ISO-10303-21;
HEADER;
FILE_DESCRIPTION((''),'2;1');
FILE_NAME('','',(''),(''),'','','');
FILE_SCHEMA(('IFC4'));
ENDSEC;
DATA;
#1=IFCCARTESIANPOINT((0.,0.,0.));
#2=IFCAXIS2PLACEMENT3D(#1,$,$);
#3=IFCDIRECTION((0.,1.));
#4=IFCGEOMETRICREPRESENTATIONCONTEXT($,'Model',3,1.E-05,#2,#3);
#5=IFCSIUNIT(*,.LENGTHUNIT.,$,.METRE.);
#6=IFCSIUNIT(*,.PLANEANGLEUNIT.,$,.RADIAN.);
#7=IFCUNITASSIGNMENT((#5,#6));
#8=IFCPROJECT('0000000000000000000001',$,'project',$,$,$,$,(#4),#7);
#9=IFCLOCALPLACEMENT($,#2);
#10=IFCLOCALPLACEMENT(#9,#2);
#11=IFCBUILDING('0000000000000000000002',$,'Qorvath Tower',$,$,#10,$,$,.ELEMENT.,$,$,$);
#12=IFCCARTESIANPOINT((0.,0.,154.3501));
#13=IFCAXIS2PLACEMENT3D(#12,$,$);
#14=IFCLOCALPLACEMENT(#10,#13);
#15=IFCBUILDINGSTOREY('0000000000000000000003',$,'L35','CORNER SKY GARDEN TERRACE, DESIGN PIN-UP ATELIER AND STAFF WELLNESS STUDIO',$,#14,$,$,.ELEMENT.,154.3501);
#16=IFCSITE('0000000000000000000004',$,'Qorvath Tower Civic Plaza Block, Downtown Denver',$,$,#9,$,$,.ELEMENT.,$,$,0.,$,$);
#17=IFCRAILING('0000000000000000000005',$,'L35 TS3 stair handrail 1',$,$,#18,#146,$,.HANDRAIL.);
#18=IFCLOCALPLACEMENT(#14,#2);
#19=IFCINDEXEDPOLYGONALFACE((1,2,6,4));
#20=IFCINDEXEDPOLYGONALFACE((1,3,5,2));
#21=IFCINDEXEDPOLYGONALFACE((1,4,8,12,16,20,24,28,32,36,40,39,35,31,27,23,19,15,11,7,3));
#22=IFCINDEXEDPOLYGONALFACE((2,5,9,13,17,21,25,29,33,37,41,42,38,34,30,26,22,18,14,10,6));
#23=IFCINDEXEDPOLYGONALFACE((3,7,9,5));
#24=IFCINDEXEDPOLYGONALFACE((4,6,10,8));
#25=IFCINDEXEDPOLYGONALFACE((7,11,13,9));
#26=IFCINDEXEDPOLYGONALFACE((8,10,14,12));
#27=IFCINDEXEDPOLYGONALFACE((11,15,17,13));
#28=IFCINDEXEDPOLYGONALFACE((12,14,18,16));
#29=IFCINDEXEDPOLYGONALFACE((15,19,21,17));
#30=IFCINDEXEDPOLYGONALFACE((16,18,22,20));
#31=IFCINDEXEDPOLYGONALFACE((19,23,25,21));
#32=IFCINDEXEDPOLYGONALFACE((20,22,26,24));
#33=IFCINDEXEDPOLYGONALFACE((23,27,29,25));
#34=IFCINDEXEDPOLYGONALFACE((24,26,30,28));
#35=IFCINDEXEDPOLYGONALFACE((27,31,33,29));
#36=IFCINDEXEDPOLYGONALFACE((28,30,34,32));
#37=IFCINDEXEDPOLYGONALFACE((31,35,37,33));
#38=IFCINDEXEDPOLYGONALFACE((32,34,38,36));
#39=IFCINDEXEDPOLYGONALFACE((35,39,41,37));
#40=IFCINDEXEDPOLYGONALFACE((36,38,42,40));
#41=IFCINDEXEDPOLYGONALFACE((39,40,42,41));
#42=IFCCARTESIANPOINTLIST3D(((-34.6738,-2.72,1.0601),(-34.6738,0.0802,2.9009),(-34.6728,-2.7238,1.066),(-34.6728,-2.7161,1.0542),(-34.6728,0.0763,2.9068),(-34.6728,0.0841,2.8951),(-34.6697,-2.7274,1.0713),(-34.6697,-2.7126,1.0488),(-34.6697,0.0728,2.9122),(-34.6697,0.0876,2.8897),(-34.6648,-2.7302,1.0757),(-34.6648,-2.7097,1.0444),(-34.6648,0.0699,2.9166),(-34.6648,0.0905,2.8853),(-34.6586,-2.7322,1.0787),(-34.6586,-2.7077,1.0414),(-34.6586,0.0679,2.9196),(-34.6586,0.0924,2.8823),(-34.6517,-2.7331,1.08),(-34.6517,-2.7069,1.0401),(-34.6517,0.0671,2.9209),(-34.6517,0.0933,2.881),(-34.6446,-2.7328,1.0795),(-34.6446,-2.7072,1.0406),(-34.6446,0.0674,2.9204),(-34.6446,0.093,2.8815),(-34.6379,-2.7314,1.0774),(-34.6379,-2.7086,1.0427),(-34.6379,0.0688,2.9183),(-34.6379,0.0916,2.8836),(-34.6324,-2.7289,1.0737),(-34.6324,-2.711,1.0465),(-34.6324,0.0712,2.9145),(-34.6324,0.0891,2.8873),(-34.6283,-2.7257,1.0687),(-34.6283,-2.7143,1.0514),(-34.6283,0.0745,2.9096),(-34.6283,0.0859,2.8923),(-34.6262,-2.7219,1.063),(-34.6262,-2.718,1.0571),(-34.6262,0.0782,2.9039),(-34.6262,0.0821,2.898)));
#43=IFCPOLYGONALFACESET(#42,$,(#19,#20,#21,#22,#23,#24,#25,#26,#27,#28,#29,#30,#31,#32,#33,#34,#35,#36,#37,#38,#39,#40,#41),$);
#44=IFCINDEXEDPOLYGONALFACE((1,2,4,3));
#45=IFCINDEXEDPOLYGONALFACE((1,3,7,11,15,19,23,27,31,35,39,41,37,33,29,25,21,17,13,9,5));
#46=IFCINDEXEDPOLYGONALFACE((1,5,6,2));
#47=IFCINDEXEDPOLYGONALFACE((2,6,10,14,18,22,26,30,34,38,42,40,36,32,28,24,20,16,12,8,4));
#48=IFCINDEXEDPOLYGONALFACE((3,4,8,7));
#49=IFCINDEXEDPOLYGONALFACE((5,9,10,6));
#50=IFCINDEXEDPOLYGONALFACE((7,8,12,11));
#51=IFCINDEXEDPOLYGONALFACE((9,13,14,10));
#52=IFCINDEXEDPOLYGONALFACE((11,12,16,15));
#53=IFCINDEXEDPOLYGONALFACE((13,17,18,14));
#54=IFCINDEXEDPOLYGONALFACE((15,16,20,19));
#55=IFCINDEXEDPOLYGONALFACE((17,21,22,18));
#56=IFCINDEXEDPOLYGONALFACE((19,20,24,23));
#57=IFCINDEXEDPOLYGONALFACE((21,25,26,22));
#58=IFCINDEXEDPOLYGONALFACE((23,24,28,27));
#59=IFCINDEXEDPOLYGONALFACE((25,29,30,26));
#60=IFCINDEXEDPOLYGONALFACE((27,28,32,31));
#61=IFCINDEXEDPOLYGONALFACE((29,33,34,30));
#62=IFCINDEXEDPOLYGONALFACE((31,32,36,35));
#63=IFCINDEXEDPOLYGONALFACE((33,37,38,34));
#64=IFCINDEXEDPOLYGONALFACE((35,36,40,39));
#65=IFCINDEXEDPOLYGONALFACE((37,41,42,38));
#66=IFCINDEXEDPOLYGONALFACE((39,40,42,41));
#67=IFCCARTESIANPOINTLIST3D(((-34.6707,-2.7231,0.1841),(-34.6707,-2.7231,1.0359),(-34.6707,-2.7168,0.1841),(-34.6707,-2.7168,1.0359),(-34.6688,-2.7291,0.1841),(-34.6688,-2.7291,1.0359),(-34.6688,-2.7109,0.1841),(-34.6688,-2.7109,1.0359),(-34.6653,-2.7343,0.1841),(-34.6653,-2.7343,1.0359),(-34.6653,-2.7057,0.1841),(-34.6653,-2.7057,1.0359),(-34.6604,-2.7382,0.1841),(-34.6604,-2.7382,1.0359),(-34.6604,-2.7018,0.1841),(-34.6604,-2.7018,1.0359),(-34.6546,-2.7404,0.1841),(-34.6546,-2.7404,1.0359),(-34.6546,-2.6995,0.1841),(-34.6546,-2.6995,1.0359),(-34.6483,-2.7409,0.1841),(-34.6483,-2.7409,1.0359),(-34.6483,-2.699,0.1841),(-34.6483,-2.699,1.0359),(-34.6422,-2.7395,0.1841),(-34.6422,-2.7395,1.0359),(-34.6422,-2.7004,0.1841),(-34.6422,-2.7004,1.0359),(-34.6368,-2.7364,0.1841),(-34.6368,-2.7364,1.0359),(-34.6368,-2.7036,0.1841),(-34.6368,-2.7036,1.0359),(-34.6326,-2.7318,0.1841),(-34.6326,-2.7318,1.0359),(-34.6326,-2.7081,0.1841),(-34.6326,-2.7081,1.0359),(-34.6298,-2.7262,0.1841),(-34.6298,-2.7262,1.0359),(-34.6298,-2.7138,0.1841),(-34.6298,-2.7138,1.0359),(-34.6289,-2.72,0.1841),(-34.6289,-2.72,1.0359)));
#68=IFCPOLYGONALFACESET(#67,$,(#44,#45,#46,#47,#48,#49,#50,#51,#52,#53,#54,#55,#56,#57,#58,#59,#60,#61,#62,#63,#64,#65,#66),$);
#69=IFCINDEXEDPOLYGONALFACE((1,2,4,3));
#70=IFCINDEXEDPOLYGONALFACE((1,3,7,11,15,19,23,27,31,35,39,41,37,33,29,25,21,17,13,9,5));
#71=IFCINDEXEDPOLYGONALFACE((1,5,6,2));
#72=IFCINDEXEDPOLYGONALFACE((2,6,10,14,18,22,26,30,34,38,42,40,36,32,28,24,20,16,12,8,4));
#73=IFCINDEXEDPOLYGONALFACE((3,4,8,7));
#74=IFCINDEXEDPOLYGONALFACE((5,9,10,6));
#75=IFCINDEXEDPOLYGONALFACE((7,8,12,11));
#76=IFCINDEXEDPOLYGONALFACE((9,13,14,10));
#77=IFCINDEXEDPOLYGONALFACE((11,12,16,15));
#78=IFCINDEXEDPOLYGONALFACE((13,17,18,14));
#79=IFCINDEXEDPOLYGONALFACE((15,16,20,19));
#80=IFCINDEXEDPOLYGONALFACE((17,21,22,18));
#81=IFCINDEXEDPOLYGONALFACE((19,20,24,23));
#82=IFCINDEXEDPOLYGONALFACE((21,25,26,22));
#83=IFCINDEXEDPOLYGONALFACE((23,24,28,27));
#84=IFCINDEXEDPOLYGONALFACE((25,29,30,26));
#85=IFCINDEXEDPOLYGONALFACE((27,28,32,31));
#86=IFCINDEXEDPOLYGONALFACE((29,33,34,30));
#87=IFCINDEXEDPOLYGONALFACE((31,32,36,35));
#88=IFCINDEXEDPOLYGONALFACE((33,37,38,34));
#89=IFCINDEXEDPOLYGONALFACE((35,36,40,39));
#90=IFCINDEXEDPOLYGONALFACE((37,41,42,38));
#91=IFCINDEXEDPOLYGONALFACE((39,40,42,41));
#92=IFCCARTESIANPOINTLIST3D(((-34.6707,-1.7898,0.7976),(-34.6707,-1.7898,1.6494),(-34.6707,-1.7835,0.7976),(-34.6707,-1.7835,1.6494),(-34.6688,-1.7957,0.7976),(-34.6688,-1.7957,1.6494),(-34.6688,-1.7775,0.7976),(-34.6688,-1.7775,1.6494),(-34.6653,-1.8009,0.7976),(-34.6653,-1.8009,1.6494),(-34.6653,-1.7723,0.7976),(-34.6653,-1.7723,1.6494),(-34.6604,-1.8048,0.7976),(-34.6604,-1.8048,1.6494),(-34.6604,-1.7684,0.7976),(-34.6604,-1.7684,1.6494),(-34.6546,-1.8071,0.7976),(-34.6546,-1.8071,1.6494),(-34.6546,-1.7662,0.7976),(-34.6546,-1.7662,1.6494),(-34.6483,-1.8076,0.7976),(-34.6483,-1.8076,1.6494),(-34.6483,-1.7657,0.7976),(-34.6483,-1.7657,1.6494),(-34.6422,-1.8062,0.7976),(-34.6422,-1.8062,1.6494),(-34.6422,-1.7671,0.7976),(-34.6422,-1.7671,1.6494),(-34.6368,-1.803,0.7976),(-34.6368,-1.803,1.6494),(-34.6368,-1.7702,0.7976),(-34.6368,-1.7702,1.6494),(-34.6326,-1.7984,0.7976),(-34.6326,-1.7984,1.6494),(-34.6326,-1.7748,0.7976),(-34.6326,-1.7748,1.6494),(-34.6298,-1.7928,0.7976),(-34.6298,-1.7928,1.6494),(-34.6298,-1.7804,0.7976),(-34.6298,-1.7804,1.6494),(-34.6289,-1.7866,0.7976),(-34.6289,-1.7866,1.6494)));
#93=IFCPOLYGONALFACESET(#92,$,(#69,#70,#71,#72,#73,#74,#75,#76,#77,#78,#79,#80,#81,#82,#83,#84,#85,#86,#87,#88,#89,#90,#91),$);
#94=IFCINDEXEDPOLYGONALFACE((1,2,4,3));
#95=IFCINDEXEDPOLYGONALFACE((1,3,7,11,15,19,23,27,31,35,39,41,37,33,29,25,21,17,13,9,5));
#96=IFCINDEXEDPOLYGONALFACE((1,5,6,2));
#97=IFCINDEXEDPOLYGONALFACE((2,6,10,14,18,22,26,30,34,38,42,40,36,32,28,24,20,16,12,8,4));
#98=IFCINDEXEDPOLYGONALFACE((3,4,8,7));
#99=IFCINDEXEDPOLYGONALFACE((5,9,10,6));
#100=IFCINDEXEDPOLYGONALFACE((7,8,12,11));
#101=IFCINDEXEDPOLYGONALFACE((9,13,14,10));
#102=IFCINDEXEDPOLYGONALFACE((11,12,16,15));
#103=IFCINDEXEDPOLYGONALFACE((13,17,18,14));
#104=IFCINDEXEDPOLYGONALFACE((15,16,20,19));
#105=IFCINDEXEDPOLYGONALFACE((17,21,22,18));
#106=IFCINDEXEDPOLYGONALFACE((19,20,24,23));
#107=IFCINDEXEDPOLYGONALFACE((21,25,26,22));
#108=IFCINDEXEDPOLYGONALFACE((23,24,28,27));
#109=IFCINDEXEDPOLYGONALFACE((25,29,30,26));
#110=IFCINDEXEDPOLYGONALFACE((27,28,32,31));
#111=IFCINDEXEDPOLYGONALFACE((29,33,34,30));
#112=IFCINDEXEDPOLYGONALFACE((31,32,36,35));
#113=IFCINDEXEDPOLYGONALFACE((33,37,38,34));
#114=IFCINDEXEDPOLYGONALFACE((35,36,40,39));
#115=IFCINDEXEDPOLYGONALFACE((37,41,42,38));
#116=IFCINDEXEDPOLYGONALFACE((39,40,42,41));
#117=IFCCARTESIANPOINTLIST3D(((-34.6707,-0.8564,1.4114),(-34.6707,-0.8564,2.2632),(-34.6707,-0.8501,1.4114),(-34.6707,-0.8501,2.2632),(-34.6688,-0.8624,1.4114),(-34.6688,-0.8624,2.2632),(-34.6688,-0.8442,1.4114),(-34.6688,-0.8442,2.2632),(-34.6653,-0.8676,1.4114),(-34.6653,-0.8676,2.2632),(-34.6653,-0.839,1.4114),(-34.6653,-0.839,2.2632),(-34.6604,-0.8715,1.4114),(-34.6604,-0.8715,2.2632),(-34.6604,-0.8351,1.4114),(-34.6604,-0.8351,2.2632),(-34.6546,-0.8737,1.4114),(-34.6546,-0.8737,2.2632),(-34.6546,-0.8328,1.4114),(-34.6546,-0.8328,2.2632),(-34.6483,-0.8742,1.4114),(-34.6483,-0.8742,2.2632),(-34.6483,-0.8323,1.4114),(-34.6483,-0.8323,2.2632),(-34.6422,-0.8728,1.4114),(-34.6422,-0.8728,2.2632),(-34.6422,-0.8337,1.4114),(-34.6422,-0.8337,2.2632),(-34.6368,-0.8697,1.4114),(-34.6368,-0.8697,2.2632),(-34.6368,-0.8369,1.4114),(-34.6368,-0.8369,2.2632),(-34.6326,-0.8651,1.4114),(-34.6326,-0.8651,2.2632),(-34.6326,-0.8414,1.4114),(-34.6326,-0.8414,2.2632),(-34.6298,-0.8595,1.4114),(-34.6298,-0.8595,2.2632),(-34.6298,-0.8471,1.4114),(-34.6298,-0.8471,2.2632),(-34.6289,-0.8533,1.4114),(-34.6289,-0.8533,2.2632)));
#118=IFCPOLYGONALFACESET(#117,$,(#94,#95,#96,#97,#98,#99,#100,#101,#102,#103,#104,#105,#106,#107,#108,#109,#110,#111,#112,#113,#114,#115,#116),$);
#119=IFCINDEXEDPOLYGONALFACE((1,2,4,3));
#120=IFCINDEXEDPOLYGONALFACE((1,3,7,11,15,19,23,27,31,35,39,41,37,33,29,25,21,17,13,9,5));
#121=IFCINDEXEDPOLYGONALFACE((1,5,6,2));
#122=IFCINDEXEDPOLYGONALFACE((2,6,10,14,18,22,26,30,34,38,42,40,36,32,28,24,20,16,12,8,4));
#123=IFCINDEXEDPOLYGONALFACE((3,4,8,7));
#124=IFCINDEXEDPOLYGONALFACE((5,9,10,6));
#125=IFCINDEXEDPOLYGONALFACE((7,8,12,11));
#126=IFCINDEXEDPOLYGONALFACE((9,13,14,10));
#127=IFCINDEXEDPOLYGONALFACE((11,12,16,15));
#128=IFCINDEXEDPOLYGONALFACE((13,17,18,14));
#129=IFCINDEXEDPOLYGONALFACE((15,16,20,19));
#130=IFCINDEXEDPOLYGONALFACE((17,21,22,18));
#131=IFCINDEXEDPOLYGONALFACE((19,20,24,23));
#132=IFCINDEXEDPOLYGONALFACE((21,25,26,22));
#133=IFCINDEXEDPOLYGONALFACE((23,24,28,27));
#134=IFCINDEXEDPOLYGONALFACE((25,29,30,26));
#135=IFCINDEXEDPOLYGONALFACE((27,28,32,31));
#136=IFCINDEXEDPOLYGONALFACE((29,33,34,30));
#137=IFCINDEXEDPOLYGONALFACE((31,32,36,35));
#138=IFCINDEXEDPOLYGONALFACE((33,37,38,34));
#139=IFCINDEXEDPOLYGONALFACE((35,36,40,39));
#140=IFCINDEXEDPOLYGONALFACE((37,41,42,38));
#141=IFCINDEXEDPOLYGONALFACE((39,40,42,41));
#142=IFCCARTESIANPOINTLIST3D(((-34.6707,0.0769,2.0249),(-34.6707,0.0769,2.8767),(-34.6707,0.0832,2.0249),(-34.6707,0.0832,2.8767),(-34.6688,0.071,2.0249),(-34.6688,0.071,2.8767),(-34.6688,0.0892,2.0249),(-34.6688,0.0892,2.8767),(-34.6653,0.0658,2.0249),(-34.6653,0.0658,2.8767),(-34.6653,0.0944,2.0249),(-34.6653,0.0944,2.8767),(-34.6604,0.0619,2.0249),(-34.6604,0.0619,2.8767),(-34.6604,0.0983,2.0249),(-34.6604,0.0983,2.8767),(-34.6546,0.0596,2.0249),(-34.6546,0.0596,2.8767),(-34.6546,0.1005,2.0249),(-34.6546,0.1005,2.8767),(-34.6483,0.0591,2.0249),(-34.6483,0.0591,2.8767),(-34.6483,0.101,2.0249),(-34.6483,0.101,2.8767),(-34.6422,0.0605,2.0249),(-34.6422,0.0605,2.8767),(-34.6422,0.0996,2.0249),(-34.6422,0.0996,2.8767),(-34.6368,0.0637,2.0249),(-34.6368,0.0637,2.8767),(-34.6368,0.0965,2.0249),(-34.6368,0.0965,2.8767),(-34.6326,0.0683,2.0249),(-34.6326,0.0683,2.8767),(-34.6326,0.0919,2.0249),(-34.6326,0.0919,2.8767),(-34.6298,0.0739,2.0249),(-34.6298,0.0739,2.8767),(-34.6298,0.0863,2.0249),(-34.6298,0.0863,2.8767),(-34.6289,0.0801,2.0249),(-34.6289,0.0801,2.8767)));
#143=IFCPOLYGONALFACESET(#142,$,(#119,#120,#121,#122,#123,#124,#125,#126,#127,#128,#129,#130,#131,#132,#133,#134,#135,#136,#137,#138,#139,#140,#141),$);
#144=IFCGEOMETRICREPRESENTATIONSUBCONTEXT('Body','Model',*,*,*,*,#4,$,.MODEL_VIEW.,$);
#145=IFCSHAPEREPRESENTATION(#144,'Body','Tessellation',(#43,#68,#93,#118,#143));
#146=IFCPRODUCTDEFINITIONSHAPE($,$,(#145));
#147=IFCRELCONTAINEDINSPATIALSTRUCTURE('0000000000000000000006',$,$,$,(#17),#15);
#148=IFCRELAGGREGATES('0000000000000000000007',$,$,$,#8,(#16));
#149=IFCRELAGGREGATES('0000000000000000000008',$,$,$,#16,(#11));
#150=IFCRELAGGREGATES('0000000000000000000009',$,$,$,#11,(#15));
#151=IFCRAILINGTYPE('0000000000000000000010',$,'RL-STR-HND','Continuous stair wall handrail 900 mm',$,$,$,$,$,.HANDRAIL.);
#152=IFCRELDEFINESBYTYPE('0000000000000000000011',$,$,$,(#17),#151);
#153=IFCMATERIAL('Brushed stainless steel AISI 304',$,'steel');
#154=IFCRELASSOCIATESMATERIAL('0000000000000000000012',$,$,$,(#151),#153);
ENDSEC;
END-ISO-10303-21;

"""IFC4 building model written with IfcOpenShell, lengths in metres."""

from ifc_helpers import new_model, si_unit, direction, frame, origin, origin_2d, place, context, subcontext, project, spatial, circle, extrude, material, type_object, element, save


model = new_model("IFC4")

# Units and contexts
model_context = context("Model", 3, precision=1e-05, world=origin(), true_north=direction((0.0, 1.0)))
body_context = subcontext(model_context, "Body", "Model", "MODEL_VIEW")
ifc_project = project(units=[si_unit("LENGTHUNIT", "METRE"), si_unit("PLANEANGLEUNIT", "RADIAN")], contexts=[model_context])

# Site, building, storey
site_placement = place(None, origin())
site = spatial("IfcSite", under=ifc_project, at=site_placement, Name="Qorvath Tower Civic Plaza Block, Downtown Denver", CompositionType="ELEMENT", RefElevation=0.0)
building_placement = place(site_placement, origin())
building = spatial("IfcBuilding", under=site, at=building_placement, Name="Qorvath Tower", CompositionType="ELEMENT")
storey_placement = place(building_placement, frame((0.0, 0.0, 154.3501)))
storey = spatial("IfcBuildingStorey", under=building, at=storey_placement, Name="L35", Description="CORNER SKY GARDEN TERRACE, DESIGN PIN-UP ATELIER AND STAFF WELLNESS STUDIO", CompositionType="ELEMENT", Elevation=154.3501)

# Railing
ifc_material_1 = material(Name="Brushed stainless steel AISI 304", Category="steel")
railing_type_1 = type_object("IfcRailingType", Name="RL-STR-HND", Description="Continuous stair wall handrail 900 mm", PredefinedType="HANDRAIL", material=ifc_material_1)
railing_1_placement = place(storey_placement, frame((-34.6499, -2.72, 0.1841)))
element("IfcRailing", 1, at=railing_1_placement, inside=storey, type_object=railing_type_1, Name="L35 TS3 stair handrail 1", PredefinedType="HANDRAIL", context=body_context, shape_type="SweptSolid", body=[
    extrude(circle(Radius=0.0239, at=origin_2d()), frame((0.0, 0.0, 0.876), z_axis=(0.0, 0.835598, 0.549342), x_axis=(-1.0, 0.0, 0.0)), (0.0, 0.0, 1.0), 3.3511),
    extrude(circle(Radius=0.021, at=origin_2d()), origin(), (0.0, 0.0, 1.0), 0.8518),
    extrude(circle(Radius=0.021, at=origin_2d()), frame((0.0, 0.9333, 0.6135)), (0.0, 0.0, 1.0), 0.8518),
    extrude(circle(Radius=0.021, at=origin_2d()), frame((0.0, 1.8667, 1.2273)), (0.0, 0.0, 1.0), 0.8518),
    extrude(circle(Radius=0.021, at=origin_2d()), frame((0.0, 2.8, 1.8408)), (0.0, 0.0, 1.0), 0.8518),
])

save(model, "model.ifc")
